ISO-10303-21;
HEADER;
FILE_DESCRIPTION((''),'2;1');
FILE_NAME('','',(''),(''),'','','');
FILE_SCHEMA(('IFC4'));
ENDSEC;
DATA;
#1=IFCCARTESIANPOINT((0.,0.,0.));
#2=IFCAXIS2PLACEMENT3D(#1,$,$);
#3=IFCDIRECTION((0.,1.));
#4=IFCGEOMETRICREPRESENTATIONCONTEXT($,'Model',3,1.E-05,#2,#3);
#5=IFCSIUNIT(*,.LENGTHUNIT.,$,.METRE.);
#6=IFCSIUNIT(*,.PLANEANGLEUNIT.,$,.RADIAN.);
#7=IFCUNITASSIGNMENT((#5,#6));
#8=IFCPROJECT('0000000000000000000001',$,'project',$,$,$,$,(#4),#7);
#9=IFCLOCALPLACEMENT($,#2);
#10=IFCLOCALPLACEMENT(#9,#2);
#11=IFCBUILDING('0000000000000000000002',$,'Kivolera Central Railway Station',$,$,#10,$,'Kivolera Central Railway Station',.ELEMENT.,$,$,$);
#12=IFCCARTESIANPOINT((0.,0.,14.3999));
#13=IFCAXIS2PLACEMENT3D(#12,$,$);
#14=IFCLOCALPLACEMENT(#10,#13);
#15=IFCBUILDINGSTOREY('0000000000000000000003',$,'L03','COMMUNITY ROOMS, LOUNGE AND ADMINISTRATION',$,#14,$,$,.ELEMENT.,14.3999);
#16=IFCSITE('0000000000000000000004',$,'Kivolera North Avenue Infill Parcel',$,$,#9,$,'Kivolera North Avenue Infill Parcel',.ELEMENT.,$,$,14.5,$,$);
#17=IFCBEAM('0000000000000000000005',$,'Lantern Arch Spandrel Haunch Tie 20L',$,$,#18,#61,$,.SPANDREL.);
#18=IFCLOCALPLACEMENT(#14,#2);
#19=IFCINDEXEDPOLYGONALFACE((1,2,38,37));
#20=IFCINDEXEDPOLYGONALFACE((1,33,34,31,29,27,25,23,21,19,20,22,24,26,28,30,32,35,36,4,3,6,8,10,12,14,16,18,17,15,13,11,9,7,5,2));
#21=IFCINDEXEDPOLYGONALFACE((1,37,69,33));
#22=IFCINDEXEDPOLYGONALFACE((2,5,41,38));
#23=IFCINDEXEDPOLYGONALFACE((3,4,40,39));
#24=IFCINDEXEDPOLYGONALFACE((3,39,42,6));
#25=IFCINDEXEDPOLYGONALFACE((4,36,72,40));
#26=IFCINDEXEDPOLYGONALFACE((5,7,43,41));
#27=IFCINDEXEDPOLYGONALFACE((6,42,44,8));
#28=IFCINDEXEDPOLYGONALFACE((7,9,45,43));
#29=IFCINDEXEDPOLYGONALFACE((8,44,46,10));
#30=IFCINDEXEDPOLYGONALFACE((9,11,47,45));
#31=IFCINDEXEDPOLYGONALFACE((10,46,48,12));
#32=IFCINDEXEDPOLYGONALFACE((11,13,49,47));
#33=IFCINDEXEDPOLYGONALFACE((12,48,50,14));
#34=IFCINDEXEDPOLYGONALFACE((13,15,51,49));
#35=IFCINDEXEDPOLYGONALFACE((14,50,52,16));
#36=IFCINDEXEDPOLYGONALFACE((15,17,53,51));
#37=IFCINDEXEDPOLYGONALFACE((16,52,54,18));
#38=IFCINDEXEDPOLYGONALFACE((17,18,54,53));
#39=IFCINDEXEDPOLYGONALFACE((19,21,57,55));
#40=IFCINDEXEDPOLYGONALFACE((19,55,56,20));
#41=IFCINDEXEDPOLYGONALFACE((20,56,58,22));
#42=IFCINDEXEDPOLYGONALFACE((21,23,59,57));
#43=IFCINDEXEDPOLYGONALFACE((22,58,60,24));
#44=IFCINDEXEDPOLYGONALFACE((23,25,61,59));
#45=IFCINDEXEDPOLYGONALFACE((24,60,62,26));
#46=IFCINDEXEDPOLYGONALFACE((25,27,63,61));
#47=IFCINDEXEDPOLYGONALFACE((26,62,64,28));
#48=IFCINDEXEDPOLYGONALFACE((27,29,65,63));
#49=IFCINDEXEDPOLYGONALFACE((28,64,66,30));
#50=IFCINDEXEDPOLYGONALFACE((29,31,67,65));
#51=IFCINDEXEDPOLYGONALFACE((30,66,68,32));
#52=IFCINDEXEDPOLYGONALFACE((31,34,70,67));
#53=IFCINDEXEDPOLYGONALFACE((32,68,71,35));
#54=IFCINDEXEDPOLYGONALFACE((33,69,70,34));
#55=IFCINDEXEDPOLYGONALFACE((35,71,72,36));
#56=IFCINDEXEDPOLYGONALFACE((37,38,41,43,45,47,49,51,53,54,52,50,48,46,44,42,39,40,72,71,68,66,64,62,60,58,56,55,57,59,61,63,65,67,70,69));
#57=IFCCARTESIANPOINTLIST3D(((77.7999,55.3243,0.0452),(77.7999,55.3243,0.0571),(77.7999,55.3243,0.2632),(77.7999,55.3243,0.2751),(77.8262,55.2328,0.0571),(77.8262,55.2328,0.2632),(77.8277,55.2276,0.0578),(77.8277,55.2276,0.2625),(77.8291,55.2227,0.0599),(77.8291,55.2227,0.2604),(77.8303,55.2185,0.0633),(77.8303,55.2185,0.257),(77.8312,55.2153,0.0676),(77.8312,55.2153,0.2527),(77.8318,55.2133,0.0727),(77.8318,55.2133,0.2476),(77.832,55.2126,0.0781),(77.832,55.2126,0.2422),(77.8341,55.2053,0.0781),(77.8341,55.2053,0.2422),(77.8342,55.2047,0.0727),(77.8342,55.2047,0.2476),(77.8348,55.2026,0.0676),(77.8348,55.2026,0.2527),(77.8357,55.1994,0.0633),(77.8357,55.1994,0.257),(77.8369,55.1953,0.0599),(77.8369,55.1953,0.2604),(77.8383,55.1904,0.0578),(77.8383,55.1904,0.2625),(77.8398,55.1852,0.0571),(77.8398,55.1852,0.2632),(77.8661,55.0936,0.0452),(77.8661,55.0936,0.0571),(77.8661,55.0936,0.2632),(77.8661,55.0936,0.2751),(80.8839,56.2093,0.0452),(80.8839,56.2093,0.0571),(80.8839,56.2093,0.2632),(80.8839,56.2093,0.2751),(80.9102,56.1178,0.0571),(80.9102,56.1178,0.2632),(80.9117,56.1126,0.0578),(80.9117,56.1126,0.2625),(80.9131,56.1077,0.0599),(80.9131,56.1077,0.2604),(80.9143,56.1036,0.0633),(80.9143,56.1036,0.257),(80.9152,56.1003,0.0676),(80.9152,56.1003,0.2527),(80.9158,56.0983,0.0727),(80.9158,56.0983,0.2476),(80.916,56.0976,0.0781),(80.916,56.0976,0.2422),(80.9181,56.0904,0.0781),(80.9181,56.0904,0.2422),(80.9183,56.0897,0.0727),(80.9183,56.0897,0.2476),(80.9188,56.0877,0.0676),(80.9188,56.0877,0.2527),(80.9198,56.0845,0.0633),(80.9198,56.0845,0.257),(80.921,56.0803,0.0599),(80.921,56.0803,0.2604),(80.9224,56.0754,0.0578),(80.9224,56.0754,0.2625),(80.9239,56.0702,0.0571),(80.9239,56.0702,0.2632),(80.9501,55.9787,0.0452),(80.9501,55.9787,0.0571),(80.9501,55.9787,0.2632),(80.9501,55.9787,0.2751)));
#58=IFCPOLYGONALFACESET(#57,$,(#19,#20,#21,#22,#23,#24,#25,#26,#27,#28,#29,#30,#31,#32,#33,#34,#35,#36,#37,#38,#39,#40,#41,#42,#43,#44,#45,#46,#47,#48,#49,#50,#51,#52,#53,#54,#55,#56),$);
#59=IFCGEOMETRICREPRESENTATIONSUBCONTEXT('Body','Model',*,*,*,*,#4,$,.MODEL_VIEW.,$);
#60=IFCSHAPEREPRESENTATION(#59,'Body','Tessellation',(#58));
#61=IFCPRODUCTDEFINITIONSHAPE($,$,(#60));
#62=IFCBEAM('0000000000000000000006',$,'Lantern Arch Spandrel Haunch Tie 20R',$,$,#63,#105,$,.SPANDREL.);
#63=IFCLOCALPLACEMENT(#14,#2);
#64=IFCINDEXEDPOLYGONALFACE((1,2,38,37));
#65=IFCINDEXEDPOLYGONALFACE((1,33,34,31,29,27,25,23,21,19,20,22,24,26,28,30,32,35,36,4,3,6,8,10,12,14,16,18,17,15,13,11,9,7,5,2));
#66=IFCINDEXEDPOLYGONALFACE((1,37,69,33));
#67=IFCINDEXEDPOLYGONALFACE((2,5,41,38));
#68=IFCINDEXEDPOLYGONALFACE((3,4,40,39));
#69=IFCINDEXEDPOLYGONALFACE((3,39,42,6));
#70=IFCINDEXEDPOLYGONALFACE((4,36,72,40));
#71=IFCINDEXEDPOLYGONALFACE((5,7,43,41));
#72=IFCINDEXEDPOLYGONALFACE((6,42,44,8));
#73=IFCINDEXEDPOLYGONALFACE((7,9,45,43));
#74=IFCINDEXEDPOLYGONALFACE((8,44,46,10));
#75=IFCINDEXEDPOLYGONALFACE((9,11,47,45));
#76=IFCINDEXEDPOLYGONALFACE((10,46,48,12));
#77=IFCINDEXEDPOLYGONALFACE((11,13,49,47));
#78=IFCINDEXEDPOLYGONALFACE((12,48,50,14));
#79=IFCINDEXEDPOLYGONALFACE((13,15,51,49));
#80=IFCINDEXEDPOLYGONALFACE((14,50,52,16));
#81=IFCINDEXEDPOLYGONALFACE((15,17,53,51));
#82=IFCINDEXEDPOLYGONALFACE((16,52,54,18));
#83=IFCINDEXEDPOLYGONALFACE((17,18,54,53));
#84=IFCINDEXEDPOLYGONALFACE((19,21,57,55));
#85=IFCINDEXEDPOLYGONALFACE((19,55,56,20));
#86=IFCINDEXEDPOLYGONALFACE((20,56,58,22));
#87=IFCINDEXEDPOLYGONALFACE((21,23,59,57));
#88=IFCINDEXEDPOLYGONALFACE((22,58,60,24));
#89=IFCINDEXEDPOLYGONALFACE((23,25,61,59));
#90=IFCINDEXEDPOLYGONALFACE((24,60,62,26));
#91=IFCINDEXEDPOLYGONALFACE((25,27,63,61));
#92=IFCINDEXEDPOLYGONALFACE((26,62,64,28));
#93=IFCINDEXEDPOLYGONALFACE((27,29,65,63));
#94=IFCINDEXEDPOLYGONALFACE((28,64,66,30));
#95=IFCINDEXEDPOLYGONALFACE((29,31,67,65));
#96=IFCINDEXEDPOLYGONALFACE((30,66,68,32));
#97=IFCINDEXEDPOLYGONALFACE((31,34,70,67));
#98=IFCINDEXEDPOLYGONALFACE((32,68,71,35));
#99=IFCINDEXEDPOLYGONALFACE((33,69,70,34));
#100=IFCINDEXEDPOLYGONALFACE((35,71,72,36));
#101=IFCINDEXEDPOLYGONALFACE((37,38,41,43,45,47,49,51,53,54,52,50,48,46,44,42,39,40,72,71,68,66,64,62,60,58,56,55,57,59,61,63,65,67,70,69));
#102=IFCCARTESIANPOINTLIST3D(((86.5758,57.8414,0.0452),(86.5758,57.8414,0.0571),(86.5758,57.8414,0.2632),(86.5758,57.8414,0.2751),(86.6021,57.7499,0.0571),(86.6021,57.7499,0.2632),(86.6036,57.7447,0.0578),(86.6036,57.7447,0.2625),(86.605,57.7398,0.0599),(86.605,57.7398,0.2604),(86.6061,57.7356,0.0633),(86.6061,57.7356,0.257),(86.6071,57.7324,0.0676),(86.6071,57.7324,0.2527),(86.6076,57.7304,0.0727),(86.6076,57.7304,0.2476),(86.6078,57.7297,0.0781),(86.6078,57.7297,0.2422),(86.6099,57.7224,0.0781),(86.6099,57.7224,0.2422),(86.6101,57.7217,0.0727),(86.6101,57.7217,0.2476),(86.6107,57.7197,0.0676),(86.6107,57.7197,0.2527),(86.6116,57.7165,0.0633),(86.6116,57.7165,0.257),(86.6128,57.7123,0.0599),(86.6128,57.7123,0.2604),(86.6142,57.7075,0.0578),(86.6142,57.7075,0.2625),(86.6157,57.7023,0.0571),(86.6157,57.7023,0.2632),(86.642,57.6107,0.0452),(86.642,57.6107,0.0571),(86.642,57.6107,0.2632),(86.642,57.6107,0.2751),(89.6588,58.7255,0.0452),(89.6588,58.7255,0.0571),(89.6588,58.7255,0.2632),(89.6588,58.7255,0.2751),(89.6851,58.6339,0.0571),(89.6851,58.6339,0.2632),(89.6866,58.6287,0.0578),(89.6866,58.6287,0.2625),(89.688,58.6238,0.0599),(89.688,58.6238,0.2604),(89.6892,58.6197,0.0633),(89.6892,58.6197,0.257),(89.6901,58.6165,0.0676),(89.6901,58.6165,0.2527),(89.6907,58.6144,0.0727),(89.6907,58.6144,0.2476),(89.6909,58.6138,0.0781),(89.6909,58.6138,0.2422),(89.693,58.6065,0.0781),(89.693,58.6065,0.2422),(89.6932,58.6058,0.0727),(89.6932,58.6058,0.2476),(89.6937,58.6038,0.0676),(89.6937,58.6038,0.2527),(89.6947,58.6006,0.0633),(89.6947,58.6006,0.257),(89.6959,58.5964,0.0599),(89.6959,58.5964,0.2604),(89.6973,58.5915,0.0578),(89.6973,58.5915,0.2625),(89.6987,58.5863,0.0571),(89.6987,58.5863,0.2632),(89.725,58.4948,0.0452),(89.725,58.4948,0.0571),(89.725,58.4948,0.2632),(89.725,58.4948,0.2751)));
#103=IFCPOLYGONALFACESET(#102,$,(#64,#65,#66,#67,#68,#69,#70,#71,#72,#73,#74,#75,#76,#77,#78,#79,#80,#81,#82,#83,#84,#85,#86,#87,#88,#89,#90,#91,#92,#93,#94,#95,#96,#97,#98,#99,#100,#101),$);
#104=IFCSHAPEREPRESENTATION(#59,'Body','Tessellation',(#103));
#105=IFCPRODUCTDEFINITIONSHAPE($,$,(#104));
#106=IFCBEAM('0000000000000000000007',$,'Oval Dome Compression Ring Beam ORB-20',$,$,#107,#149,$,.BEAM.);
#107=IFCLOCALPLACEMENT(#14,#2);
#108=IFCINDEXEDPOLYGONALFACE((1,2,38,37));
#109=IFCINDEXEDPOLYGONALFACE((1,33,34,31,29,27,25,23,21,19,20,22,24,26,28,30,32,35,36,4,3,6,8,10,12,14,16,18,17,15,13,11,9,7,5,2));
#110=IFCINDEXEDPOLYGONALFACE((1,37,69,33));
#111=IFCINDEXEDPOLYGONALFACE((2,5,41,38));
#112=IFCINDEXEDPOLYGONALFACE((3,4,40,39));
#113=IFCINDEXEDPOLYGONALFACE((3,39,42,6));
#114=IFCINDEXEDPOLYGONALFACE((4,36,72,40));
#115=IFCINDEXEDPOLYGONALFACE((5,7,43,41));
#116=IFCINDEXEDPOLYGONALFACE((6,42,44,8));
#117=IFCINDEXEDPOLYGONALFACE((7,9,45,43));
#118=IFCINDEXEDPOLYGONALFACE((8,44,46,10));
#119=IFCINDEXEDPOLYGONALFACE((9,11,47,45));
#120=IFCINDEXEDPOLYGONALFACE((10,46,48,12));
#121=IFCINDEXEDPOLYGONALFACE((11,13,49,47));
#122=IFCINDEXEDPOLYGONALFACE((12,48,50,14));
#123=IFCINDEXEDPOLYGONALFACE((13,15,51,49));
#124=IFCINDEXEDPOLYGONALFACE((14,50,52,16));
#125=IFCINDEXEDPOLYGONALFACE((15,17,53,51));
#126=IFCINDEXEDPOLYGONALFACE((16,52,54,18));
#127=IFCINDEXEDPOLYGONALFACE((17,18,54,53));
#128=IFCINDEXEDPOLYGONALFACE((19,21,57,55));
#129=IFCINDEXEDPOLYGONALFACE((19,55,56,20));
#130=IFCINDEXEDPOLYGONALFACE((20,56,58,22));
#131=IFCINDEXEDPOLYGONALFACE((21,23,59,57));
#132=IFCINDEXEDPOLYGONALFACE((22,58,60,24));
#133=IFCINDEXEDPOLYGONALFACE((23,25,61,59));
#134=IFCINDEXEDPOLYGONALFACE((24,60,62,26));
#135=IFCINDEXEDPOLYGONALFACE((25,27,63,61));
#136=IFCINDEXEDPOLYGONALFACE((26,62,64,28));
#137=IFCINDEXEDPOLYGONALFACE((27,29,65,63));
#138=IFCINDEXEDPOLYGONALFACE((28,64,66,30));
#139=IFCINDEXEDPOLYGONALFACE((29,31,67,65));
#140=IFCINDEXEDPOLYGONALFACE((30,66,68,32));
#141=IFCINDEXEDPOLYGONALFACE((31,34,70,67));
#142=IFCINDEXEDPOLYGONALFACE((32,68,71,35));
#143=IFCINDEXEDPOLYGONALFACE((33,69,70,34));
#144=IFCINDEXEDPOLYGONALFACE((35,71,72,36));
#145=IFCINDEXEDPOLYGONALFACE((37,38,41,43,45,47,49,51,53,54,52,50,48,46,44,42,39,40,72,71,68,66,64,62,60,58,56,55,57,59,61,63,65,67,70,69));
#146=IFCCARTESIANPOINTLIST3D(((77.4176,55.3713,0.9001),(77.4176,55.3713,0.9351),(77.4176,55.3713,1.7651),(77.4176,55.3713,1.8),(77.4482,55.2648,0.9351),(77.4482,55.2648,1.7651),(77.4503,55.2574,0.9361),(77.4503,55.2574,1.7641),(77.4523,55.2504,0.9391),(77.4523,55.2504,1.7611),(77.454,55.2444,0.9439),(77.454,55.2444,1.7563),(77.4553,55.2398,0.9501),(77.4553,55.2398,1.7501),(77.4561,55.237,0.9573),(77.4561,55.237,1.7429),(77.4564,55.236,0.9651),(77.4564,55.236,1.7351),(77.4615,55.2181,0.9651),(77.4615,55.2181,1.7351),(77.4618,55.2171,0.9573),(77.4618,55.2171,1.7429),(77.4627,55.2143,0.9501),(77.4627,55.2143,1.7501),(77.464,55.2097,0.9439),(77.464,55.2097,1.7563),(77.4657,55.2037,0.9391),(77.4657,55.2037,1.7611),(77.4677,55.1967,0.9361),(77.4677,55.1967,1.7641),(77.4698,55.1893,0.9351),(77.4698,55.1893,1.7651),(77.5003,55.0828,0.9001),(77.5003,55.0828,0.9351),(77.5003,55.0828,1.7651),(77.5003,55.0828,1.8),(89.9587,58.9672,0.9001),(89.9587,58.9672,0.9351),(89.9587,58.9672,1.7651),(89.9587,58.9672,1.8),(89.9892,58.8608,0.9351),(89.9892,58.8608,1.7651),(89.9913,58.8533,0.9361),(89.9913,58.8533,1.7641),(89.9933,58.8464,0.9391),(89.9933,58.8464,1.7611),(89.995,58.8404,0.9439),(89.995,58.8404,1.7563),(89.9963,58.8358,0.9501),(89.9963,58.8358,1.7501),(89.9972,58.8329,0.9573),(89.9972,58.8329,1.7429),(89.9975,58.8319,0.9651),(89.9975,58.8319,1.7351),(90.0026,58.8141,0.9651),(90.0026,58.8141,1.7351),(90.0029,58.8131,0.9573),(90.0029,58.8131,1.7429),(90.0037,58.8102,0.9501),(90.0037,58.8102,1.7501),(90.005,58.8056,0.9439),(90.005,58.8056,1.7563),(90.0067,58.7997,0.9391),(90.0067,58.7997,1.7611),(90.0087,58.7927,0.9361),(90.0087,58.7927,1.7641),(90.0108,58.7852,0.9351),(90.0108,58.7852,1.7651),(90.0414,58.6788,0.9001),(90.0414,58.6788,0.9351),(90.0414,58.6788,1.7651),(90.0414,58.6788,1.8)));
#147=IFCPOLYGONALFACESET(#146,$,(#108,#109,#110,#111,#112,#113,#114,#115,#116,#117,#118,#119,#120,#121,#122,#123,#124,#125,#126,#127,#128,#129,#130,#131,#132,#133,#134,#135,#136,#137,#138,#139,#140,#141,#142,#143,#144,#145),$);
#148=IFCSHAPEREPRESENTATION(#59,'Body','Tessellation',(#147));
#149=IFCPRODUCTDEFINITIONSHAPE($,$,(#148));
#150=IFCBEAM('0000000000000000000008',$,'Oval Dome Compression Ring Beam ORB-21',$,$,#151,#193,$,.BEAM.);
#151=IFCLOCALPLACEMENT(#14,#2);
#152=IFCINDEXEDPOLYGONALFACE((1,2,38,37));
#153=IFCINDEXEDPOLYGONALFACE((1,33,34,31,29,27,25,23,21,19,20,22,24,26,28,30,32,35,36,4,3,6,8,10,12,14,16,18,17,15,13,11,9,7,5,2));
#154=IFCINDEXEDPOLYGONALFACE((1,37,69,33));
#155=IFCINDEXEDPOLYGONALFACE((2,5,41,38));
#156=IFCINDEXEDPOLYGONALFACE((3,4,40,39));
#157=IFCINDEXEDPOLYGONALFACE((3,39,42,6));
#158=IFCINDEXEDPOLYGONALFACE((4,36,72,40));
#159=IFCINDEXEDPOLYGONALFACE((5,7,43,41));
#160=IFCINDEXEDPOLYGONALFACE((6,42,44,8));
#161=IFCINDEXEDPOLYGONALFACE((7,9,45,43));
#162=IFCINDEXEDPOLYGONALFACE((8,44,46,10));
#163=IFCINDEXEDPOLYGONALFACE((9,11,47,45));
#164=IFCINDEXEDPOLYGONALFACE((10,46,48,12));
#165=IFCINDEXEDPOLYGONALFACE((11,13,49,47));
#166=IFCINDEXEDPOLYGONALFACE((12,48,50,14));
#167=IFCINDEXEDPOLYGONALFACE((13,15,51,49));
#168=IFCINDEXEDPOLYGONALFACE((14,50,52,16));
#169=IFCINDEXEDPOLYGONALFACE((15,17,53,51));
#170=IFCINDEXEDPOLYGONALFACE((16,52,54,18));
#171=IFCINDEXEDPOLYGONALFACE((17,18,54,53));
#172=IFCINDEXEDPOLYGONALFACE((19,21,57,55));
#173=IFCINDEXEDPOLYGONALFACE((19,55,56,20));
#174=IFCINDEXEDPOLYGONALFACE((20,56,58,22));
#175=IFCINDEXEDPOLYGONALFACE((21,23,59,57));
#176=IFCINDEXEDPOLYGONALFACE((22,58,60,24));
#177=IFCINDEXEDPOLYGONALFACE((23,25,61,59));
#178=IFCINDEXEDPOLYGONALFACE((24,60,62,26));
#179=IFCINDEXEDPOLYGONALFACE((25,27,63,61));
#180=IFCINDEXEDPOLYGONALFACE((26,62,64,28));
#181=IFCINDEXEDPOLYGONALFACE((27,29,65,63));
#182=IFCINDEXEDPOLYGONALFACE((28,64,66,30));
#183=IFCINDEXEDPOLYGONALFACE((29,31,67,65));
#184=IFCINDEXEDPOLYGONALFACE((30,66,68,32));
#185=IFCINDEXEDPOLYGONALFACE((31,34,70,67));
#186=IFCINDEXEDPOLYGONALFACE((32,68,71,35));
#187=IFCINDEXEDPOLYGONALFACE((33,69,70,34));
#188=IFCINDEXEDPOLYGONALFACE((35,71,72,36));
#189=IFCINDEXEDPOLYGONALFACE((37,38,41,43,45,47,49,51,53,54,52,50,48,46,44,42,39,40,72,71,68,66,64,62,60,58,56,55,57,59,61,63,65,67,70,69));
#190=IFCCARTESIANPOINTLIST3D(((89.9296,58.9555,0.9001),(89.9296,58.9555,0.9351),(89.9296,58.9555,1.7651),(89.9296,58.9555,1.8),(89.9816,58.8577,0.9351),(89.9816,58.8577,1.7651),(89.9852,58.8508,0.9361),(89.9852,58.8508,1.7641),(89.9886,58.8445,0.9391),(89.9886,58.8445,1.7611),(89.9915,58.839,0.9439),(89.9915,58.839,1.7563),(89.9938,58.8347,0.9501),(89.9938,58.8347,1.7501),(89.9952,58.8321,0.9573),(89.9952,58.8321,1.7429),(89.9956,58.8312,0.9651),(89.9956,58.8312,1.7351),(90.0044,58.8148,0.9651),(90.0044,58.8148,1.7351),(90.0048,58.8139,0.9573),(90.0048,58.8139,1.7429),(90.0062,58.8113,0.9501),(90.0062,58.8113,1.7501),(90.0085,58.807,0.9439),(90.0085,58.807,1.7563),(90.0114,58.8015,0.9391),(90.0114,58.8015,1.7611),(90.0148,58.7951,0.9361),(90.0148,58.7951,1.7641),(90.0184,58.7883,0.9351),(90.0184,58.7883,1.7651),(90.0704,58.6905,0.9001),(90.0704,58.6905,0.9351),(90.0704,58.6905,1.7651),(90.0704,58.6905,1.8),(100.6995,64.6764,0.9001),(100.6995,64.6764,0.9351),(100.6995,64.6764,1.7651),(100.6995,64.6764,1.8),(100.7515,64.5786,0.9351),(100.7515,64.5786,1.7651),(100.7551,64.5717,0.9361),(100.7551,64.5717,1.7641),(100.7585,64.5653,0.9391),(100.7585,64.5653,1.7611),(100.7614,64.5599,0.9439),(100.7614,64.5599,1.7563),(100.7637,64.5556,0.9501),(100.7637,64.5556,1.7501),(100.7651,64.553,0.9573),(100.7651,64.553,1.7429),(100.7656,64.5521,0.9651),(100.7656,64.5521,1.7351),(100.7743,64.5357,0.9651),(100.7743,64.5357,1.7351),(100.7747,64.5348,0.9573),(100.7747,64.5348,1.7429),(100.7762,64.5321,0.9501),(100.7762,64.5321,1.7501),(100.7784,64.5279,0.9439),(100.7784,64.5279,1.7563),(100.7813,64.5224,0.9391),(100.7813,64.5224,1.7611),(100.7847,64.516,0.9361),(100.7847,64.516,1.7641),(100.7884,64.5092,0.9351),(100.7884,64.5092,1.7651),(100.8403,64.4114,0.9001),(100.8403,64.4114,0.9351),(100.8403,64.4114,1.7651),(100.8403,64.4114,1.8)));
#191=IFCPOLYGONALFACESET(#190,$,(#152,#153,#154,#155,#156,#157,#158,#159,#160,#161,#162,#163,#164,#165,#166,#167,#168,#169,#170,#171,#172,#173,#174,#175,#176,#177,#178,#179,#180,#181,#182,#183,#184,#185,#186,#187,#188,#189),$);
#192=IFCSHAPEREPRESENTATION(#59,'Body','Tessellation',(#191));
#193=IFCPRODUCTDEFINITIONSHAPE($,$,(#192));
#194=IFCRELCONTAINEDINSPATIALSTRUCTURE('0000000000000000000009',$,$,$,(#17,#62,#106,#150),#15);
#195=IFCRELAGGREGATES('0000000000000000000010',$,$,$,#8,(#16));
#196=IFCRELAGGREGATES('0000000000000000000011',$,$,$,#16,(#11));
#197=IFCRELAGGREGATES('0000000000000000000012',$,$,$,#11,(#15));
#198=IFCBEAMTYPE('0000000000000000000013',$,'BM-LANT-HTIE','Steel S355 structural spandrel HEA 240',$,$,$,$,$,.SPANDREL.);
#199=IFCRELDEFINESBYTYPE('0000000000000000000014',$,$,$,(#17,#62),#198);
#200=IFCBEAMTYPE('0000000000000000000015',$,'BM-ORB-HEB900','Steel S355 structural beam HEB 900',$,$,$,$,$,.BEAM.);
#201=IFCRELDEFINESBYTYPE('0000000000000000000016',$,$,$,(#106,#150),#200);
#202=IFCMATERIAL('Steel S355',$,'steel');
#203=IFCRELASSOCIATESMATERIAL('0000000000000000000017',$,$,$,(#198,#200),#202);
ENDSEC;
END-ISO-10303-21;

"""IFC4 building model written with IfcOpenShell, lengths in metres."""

from ifc_helpers import new_model, si_unit, direction, frame, origin, origin_2d, place, context, subcontext, project, spatial, i_section, extrude, material, material_profile, profile_set, type_object, element, save


model = new_model("IFC4")

# Units and contexts
model_context = context("Model", 3, precision=1e-05, world=origin(), true_north=direction((0.0, 1.0)))
body_context = subcontext(model_context, "Body", "Model", "MODEL_VIEW")
ifc_project = project(units=[si_unit("LENGTHUNIT", "METRE"), si_unit("PLANEANGLEUNIT", "RADIAN")], contexts=[model_context])

# Site, building, storey
site_placement = place(None, origin())
site = spatial("IfcSite", under=ifc_project, at=site_placement, Name="Kivolera North Avenue Infill Parcel", LongName="Kivolera North Avenue Infill Parcel", CompositionType="ELEMENT", RefElevation=14.5)
building_placement = place(site_placement, origin())
building = spatial("IfcBuilding", under=site, at=building_placement, Name="Kivolera Central Railway Station", LongName="Kivolera Central Railway Station", CompositionType="ELEMENT")
storey_placement = place(building_placement, frame((0.0, 0.0, 14.3999)))
storey = spatial("IfcBuildingStorey", under=building, at=storey_placement, Name="L03", Description="COMMUNITY ROOMS, LOUNGE AND ADMINISTRATION", CompositionType="ELEMENT", Elevation=14.3999)

# Beams
ifc_material_1 = material(Name="Steel S355", Category="steel")
ifc_material_profile_1 = material_profile(ifc_material_1, i_section(OverallWidth=0.24, OverallDepth=0.23, WebThickness=0.0076, FlangeThickness=0.012, FilletRadius=0.021, at=origin_2d()), Name="HEA 240")
ifc_profile_set_1 = profile_set([ifc_material_profile_1], Name="Steel S355")
beam_type_1 = type_object("IfcBeamType", Name="BM-LANT-HTIE", Description="Steel S355 structural spandrel HEA 240", PredefinedType="SPANDREL", material=ifc_profile_set_1)
beam_1_placement = place(storey_placement, frame((77.833, 55.209, 0.1602), z_axis=(0.961205, 0.275836, 0.0), x_axis=(-0.275836, 0.961205, 0.0)))
element("IfcBeam", 1, at=beam_1_placement, inside=storey, type_object=beam_type_1, Name="Lantern Arch Spandrel Haunch Tie 20L", PredefinedType="SPANDREL", context=body_context, shape_type="SweptSolid", body=[
    extrude(i_section(OverallWidth=0.24, OverallDepth=0.23, WebThickness=0.0076, FlangeThickness=0.012, FilletRadius=0.021, at=origin_2d()), origin(), (0.0, 0.0, 1.0), 3.2085),
])
beam_2_placement = place(storey_placement, frame((86.6089, 57.7261, 0.1602), z_axis=(0.961262, 0.275636, 0.0), x_axis=(-0.275636, 0.961262, 0.0)))
element("IfcBeam", 2, at=beam_2_placement, inside=storey, type_object=beam_type_1, Name="Lantern Arch Spandrel Haunch Tie 20R", PredefinedType="SPANDREL", context=body_context, shape_type="SweptSolid", body=[
    extrude(i_section(OverallWidth=0.24, OverallDepth=0.23, WebThickness=0.0076, FlangeThickness=0.012, FilletRadius=0.021, at=origin_2d()), origin(), (0.0, 0.0, 1.0), 3.2073),
])
ifc_material_profile_2 = material_profile(ifc_material_1, i_section(OverallWidth=0.3, OverallDepth=0.8999, WebThickness=0.0186, FlangeThickness=0.0349, FilletRadius=0.03, at=origin_2d()), Name="HEB 900")
ifc_profile_set_2 = profile_set([ifc_material_profile_2], Name="Steel S355")
beam_type_2 = type_object("IfcBeamType", Name="BM-ORB-HEB900", Description="Steel S355 structural beam HEB 900", PredefinedType="BEAM", material=ifc_profile_set_2)
beam_3_placement = place(storey_placement, frame((77.459, 55.2271, 1.3501), z_axis=(0.961264, 0.275628, 0.0), x_axis=(-0.275628, 0.961264, 0.0)))
element("IfcBeam", 3, at=beam_3_placement, inside=storey, type_object=beam_type_2, Name="Oval Dome Compression Ring Beam ORB-20", PredefinedType="BEAM", context=body_context, shape_type="SweptSolid", body=[
    extrude(i_section(OverallWidth=0.3, OverallDepth=0.8999, WebThickness=0.0186, FlangeThickness=0.0349, FilletRadius=0.03, at=origin_2d()), origin(), (0.0, 0.0, 1.0), 13.0464),
])
beam_4_placement = place(storey_placement, frame((90.0, 58.823, 1.3501), z_axis=(0.883137, 0.469115, 0.0), x_axis=(-0.469115, 0.883137, 0.0)))
element("IfcBeam", 4, at=beam_4_placement, inside=storey, type_object=beam_type_2, Name="Oval Dome Compression Ring Beam ORB-21", PredefinedType="BEAM", context=body_context, shape_type="SweptSolid", body=[
    extrude(i_section(OverallWidth=0.3, OverallDepth=0.8999, WebThickness=0.0186, FlangeThickness=0.0349, FilletRadius=0.03, at=origin_2d()), origin(), (0.0, 0.0, 1.0), 12.1951),
])

save(model, "model.ifc")
